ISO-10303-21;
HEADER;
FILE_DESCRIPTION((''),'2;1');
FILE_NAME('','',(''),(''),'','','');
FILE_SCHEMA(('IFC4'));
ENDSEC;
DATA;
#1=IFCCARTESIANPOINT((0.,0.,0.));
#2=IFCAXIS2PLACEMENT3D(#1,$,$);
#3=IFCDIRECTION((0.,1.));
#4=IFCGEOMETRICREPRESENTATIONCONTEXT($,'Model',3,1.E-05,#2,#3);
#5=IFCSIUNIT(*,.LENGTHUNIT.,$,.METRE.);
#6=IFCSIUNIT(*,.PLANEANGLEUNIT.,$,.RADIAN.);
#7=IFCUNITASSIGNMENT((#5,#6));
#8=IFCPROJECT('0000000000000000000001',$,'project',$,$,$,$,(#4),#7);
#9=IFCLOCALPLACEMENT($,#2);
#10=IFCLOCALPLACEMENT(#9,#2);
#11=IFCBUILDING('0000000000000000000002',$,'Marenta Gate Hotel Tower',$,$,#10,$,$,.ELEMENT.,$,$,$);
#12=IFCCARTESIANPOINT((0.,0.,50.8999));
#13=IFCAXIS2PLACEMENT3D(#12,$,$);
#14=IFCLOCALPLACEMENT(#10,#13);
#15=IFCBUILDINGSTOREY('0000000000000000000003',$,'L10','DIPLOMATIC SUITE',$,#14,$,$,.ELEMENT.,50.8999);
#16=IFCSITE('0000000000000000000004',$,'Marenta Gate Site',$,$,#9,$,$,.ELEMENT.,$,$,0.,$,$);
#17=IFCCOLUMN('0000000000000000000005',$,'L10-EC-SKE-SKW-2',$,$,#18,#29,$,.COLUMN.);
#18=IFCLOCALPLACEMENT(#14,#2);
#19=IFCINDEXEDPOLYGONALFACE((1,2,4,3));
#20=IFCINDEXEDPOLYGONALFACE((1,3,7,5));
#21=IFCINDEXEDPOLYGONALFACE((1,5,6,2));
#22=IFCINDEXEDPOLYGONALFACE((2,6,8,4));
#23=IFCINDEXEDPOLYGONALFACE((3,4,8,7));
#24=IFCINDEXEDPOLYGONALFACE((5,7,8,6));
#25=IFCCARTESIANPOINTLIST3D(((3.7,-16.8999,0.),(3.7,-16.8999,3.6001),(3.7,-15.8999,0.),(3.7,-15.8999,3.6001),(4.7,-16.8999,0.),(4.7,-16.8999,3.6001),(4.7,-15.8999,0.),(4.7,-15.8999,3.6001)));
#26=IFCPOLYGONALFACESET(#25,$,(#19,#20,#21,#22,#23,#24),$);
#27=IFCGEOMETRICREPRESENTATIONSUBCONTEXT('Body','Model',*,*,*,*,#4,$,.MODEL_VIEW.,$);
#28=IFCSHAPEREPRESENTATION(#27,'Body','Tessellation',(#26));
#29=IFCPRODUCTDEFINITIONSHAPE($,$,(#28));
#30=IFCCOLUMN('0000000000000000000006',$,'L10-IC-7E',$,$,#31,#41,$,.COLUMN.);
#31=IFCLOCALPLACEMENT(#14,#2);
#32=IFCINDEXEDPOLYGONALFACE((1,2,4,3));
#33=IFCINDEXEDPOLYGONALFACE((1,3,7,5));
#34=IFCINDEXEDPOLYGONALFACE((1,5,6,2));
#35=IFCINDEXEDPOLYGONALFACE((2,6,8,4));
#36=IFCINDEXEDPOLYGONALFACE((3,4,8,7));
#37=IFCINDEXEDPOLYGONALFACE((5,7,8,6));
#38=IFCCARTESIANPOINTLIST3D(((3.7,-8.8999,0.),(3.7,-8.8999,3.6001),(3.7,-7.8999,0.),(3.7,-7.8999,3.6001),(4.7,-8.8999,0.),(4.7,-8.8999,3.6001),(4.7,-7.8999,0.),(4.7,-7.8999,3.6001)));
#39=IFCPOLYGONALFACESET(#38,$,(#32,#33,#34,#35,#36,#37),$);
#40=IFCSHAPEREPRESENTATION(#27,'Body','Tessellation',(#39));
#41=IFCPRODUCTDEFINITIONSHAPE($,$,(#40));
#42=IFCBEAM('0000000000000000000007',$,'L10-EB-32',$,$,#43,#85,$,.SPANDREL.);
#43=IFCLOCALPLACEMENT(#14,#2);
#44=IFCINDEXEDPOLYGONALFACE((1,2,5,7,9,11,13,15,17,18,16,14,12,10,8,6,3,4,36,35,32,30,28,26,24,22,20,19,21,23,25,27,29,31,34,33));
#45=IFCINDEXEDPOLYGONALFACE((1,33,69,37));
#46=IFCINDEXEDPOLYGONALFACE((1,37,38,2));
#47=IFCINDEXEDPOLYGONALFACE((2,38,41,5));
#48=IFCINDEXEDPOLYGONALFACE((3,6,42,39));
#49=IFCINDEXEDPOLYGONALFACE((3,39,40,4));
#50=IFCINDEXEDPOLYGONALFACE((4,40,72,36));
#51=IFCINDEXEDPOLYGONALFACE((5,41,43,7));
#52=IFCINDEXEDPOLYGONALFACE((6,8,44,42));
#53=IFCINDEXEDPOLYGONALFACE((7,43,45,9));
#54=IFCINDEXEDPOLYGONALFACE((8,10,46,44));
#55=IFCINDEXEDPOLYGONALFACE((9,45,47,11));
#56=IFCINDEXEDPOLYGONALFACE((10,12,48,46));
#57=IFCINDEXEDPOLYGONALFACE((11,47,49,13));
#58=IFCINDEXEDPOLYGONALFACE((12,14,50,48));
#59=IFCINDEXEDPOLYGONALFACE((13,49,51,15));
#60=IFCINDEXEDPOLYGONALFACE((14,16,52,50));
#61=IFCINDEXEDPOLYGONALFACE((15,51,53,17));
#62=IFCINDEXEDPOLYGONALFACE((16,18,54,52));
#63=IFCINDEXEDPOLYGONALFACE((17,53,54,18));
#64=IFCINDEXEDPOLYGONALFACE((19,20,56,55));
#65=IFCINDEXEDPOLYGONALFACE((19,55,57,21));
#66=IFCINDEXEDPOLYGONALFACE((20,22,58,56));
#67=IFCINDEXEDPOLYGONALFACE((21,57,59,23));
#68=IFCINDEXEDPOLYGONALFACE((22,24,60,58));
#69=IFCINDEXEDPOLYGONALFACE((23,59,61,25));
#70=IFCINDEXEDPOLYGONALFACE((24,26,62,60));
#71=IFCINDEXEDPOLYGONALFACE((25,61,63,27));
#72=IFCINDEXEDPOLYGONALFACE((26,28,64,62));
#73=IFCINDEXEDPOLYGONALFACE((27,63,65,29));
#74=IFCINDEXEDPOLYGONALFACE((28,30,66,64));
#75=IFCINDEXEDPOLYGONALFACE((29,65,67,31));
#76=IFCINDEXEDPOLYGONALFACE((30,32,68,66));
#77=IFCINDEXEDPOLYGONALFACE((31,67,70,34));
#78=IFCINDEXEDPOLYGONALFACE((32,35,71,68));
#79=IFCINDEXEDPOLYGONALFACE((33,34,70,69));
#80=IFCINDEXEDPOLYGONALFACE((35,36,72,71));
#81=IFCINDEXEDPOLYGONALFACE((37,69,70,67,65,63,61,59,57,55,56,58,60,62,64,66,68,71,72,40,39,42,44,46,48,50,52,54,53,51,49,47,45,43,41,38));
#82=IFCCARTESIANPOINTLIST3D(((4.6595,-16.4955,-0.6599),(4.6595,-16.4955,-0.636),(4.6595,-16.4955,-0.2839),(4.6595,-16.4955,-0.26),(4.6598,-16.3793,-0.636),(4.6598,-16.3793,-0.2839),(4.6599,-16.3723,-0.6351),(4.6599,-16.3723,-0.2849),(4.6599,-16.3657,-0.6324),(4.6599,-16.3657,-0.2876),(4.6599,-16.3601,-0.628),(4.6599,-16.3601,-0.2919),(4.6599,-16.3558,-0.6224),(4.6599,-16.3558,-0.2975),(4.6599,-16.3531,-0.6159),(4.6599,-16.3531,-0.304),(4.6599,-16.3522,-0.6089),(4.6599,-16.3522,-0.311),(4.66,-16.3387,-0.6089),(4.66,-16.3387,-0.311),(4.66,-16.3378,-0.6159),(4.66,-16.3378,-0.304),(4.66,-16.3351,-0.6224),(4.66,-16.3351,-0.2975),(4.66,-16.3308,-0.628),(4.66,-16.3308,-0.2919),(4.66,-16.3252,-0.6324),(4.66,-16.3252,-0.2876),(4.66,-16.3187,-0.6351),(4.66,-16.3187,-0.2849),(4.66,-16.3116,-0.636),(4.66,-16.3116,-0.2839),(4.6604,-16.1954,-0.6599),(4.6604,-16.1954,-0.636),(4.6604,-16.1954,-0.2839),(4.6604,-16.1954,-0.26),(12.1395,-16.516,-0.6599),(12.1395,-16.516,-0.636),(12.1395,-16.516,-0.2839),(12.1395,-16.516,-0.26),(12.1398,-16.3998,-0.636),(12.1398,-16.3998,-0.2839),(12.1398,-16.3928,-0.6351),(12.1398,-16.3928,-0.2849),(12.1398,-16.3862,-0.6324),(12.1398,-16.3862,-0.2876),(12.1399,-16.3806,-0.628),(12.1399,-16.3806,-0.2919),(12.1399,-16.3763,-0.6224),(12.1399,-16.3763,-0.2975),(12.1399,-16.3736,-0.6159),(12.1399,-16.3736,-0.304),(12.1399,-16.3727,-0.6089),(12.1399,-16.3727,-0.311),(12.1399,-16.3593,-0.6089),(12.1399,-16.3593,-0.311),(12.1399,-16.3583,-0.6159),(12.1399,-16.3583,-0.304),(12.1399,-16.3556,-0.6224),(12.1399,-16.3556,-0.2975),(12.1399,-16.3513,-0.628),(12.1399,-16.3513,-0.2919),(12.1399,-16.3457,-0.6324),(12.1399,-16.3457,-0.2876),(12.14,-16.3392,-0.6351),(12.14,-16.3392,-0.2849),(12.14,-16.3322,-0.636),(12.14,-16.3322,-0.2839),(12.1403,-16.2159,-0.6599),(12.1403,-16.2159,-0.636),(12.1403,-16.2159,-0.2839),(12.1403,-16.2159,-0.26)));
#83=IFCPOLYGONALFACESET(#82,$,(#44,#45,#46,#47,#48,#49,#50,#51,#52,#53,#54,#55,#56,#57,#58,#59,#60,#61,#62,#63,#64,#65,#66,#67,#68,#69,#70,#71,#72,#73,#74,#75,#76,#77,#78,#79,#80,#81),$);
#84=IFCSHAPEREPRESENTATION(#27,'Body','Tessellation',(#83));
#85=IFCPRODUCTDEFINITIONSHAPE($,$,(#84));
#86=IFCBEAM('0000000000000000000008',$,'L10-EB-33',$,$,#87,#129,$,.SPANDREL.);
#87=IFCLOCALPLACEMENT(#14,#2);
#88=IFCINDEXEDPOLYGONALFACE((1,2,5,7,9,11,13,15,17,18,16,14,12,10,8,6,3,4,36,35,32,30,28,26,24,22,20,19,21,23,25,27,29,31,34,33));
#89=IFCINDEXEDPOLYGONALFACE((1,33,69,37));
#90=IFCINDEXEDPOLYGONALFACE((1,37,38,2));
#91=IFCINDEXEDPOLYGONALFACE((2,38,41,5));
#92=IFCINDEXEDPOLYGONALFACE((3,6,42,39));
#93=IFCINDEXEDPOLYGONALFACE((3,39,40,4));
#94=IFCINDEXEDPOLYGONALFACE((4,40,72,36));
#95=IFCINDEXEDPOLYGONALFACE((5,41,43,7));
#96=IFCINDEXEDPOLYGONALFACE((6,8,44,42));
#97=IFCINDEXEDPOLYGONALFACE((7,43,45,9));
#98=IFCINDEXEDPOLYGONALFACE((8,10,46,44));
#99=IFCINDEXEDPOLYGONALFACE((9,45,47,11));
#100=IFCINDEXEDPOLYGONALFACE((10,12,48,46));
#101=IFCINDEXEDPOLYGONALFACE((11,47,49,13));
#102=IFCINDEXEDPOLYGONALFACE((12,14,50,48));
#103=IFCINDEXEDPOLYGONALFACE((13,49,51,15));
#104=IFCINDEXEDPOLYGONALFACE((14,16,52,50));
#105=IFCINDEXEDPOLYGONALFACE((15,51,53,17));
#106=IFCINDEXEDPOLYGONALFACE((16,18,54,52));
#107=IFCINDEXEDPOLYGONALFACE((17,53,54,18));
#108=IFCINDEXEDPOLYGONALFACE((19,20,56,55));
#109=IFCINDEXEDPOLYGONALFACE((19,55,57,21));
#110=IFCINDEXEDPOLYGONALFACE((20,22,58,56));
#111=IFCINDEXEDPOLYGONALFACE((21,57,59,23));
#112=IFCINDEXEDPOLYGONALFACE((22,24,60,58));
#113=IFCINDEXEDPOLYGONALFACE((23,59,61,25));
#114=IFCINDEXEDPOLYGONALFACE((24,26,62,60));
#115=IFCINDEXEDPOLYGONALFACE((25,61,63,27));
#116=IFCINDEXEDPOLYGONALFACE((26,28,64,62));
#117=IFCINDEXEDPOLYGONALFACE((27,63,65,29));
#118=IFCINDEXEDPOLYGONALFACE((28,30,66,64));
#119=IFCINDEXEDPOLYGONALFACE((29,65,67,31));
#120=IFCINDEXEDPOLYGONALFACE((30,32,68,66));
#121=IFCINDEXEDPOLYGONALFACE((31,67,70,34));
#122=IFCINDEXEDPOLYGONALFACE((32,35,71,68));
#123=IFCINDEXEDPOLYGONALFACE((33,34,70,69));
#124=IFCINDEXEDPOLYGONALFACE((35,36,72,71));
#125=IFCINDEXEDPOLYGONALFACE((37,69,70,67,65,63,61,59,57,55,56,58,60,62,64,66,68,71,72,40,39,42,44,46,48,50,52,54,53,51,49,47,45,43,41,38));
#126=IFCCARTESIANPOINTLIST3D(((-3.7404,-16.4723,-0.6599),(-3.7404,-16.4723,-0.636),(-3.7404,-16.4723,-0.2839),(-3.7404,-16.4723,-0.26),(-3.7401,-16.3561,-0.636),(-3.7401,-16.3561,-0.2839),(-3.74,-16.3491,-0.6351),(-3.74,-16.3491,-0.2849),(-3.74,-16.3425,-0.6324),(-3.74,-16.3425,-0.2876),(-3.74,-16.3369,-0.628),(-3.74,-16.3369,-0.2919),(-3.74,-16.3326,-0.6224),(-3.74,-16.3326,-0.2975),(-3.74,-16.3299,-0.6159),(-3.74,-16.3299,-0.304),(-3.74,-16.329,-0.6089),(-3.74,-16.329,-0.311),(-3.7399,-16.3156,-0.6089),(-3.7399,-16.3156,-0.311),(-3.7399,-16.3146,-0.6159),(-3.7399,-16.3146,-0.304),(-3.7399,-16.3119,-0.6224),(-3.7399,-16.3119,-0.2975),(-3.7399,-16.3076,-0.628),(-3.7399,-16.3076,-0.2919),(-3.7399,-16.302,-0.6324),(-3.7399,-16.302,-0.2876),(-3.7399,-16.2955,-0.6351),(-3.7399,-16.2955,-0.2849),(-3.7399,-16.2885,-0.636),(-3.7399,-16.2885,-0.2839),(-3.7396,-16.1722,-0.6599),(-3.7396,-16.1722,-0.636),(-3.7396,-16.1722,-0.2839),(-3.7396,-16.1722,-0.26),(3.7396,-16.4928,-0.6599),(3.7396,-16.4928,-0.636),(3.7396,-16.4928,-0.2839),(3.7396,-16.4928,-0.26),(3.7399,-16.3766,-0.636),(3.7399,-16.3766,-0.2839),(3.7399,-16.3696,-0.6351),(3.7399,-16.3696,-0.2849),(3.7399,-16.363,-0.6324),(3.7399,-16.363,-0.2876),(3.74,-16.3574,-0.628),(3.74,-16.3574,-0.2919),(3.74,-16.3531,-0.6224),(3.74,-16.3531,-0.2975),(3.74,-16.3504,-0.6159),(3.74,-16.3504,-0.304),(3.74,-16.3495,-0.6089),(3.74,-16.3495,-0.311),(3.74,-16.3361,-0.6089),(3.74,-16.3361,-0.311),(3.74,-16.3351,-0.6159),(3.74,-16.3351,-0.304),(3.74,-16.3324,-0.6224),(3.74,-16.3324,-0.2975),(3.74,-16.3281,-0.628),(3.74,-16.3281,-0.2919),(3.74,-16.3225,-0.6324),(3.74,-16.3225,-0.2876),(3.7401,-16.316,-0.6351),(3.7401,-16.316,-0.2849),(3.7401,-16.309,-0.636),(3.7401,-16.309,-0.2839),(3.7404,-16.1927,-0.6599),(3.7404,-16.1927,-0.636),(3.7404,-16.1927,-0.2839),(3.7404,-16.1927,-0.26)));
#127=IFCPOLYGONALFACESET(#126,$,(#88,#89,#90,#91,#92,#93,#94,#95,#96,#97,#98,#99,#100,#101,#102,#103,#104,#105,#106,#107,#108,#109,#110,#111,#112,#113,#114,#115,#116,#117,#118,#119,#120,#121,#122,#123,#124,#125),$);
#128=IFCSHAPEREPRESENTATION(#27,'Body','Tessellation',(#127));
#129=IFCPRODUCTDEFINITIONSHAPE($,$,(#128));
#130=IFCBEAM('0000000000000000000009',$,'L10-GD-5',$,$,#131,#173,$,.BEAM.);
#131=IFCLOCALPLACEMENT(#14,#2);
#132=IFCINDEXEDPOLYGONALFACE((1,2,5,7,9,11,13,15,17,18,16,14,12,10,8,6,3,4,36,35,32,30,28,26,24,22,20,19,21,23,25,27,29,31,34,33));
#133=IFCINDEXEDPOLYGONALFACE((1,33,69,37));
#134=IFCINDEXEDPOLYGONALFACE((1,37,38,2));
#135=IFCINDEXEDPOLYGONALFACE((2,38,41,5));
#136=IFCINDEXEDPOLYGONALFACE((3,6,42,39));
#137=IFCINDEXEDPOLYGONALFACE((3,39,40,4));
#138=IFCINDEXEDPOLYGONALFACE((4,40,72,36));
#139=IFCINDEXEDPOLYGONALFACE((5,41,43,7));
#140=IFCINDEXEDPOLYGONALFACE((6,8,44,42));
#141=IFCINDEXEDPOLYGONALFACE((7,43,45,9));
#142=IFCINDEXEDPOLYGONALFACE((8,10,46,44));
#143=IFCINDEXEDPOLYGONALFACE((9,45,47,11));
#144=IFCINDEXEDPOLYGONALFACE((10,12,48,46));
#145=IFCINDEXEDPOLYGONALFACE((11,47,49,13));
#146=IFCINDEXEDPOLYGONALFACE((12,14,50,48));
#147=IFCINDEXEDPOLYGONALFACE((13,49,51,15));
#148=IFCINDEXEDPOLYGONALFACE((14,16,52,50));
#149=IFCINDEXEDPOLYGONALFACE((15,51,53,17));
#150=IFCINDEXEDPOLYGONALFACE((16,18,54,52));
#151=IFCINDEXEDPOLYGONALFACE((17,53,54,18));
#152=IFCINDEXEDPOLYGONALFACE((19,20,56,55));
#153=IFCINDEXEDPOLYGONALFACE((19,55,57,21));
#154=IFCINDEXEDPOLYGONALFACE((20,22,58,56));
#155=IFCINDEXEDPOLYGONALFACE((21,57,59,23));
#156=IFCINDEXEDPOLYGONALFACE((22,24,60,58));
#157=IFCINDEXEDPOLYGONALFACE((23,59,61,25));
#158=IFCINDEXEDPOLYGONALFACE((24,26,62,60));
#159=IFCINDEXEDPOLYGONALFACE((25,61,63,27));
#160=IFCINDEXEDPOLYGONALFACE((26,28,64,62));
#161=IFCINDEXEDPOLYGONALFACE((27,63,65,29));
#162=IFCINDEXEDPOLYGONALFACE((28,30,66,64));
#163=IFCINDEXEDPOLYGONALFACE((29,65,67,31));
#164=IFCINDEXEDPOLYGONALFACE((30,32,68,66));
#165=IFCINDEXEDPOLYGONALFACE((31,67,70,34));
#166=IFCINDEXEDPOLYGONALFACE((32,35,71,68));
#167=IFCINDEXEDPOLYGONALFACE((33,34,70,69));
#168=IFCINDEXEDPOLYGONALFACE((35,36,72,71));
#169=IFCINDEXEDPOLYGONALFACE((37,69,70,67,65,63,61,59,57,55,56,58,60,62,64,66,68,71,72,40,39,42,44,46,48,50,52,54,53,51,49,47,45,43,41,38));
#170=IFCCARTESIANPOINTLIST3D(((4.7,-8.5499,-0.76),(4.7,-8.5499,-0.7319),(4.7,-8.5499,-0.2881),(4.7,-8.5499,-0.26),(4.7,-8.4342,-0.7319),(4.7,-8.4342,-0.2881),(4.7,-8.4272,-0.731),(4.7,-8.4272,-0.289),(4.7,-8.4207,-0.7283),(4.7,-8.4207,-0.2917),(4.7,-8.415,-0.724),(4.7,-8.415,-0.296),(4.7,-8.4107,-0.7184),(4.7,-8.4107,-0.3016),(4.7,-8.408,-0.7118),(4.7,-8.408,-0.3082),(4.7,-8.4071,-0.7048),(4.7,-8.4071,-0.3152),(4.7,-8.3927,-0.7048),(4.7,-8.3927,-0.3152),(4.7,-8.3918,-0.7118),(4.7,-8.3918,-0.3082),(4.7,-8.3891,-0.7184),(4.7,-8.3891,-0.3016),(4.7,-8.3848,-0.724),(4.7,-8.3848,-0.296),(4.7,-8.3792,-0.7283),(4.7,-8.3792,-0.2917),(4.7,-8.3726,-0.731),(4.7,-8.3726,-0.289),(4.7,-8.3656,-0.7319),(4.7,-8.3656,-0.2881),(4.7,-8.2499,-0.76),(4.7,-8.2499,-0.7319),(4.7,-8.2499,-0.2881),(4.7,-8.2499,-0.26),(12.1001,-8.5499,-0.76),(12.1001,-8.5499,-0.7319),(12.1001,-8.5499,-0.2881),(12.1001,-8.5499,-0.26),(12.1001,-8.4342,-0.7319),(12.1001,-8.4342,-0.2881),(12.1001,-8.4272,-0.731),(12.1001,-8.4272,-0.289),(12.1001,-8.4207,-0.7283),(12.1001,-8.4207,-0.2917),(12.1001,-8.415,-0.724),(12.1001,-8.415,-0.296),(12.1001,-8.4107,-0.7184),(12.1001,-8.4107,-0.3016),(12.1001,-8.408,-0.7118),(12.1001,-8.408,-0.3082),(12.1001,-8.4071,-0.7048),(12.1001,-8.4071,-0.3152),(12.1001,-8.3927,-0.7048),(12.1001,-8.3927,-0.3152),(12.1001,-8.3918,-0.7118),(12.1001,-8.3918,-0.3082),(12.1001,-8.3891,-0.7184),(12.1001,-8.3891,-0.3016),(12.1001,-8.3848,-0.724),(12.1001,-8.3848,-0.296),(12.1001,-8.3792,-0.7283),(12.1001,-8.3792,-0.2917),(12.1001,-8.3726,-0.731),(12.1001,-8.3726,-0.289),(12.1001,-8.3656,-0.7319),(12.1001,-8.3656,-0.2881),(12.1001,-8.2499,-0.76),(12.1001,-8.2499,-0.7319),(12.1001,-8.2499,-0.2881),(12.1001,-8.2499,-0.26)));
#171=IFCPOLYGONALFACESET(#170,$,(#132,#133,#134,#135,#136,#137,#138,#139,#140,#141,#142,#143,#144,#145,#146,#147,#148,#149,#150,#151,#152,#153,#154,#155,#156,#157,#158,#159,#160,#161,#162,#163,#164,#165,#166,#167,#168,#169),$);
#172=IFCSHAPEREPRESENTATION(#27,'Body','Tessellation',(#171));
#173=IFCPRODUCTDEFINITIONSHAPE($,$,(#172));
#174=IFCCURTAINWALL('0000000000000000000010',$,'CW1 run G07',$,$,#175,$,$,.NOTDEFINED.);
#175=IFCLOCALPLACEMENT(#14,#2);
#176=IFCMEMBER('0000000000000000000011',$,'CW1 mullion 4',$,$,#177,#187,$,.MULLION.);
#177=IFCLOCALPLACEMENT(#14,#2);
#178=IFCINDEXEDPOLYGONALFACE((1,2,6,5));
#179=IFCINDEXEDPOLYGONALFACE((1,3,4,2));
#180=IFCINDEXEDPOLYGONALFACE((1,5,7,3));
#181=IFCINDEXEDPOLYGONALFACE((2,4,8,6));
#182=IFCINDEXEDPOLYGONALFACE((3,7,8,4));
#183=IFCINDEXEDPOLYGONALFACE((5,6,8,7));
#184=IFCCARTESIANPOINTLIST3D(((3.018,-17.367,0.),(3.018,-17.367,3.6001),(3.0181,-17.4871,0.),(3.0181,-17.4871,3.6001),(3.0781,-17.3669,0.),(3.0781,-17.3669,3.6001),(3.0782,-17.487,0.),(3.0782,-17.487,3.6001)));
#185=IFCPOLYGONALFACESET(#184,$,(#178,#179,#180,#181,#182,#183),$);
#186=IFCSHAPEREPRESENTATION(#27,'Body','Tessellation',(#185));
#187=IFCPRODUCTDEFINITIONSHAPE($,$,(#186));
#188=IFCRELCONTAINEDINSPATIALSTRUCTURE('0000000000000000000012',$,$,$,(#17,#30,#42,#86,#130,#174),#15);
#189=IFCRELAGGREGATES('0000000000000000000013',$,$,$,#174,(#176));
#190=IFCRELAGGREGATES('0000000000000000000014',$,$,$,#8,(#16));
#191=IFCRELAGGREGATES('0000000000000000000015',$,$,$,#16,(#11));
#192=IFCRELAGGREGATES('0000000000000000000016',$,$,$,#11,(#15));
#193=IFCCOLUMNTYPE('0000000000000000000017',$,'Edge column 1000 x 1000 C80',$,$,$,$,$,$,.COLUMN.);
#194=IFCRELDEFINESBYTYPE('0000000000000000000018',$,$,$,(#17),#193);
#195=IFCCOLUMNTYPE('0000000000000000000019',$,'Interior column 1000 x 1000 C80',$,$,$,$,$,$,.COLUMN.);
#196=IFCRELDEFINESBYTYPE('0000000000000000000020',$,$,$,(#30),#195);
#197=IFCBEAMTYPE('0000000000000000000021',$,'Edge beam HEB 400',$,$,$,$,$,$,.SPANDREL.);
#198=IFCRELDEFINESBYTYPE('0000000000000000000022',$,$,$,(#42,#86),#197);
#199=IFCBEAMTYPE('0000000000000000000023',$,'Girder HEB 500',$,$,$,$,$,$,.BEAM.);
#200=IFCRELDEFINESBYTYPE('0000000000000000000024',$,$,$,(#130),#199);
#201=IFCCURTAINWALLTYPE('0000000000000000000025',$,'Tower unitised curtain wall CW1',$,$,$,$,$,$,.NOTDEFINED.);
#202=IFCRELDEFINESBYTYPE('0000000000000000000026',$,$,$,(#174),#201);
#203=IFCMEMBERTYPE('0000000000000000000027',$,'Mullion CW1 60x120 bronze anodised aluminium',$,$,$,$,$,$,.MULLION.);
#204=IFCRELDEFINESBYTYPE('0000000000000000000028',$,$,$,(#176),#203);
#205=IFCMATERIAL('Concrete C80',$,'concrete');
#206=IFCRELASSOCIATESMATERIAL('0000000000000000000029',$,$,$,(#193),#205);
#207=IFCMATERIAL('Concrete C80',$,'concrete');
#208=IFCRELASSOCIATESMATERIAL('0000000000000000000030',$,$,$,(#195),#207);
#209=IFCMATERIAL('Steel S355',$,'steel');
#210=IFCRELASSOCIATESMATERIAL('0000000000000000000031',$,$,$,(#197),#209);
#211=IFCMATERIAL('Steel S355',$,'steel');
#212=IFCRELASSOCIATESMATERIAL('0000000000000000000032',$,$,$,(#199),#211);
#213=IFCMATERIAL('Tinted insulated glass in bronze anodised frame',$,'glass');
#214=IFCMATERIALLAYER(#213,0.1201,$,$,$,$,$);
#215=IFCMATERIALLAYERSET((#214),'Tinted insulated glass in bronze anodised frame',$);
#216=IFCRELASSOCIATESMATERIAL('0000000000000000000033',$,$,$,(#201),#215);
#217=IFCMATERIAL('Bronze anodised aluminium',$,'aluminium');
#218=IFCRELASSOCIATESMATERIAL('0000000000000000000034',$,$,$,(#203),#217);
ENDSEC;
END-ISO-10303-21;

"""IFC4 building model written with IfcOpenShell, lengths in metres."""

from ifc_helpers import new_model, si_unit, direction, frame, origin, origin_2d, place, context, subcontext, project, spatial, rectangle, i_section, extrude, material, layer, layer_set, material_profile, profile_set, type_object, element, aggregate, save


model = new_model("IFC4")

# Units and contexts
model_context = context("Model", 3, precision=1e-05, world=origin(), true_north=direction((0.0, 1.0)))
body_context = subcontext(model_context, "Body", "Model", "MODEL_VIEW")
ifc_project = project(units=[si_unit("LENGTHUNIT", "METRE"), si_unit("PLANEANGLEUNIT", "RADIAN")], contexts=[model_context])

# Site, building, storey
site_placement = place(None, origin())
site = spatial("IfcSite", under=ifc_project, at=site_placement, Name="Marenta Gate Site", CompositionType="ELEMENT", RefElevation=0.0)
building_placement = place(site_placement, origin())
building = spatial("IfcBuilding", under=site, at=building_placement, Name="Marenta Gate Hotel Tower", CompositionType="ELEMENT")
storey_placement = place(building_placement, frame((0.0, 0.0, 50.8999)))
storey = spatial("IfcBuildingStorey", under=building, at=storey_placement, Name="L10", Description="DIPLOMATIC SUITE", CompositionType="ELEMENT", Elevation=50.8999)

# Columns
ifc_material_1 = material(Name="Concrete C80", Category="concrete")
ifc_material_profile_1 = material_profile(ifc_material_1, rectangle(XDim=1.0, YDim=1.0, at=origin_2d()), Name="1000 x 1000")
ifc_profile_set_1 = profile_set([ifc_material_profile_1], Name="Concrete C80")
column_type_1 = type_object("IfcColumnType", Name="Edge column 1000 x 1000 C80", PredefinedType="COLUMN", material=ifc_profile_set_1)
column_1_placement = place(storey_placement, frame((4.2, -16.3999, 0.0), z_axis=(0.0, 0.0, 1.0), x_axis=(1.0, 0.0, 0.0)))
element("IfcColumn", 1, at=column_1_placement, inside=storey, type_object=column_type_1, Name="L10-EC-SKE-SKW-2", PredefinedType="COLUMN", context=body_context, shape_type="SweptSolid", body=[
    extrude(rectangle(XDim=1.0, YDim=1.0, at=origin_2d()), origin(), (0.0, 0.0, 1.0), 3.6001),
])
ifc_material_2 = material(Name="Concrete C80", Category="concrete")
ifc_material_profile_2 = material_profile(ifc_material_2, rectangle(XDim=1.0, YDim=1.0, at=origin_2d()), Name="1000 x 1000")
ifc_profile_set_2 = profile_set([ifc_material_profile_2], Name="Concrete C80")
column_type_2 = type_object("IfcColumnType", Name="Interior column 1000 x 1000 C80", PredefinedType="COLUMN", material=ifc_profile_set_2)
column_2_placement = place(storey_placement, frame((4.2, -8.3999, 0.0), z_axis=(0.0, 0.0, 1.0), x_axis=(1.0, 0.0, 0.0)))
element("IfcColumn", 2, at=column_2_placement, inside=storey, type_object=column_type_2, Name="L10-IC-7E", PredefinedType="COLUMN", context=body_context, shape_type="SweptSolid", body=[
    extrude(rectangle(XDim=1.0, YDim=1.0, at=origin_2d()), origin(), (0.0, 0.0, 1.0), 3.6001),
])

# Beams
ifc_material_3 = material(Name="Steel S355", Category="steel")
ifc_material_profile_3 = material_profile(ifc_material_3, i_section(OverallWidth=0.3, OverallDepth=0.3999, WebThickness=0.0134, FlangeThickness=0.0239, FilletRadius=0.0271, at=origin_2d()), Name="HEB 400")
ifc_profile_set_3 = profile_set([ifc_material_profile_3], Name="Steel S355")
beam_type_1 = type_object("IfcBeamType", Name="Edge beam HEB 400", PredefinedType="SPANDREL", material=ifc_profile_set_3)
for number, where, z_axis, x_axis, name in (
    (3, (12.1399, -16.366, -0.46), (-0.999996, 0.002742, 0.0), (-0.002742, -0.999996, 0.0), "L10-EB-32"),
    (4, (3.74, -16.3428, -0.46), (-0.999996, 0.002742, 0.0), (-0.002742, -0.999996, 0.0), "L10-EB-33"),
):
    element("IfcBeam", number, at=place(storey_placement, frame(where, z_axis=z_axis, x_axis=x_axis)), inside=storey, type_object=beam_type_1, Name=name, PredefinedType="SPANDREL", context=body_context, shape_type="SweptSolid", body=[
        extrude(i_section(OverallWidth=0.3, OverallDepth=0.3999, WebThickness=0.0134, FlangeThickness=0.0239, FilletRadius=0.0271, at=origin_2d()), origin(), (0.0, 0.0, 1.0), 7.48),
    ])
ifc_material_4 = material(Name="Steel S355", Category="steel")
ifc_material_profile_4 = material_profile(ifc_material_4, i_section(OverallWidth=0.3, OverallDepth=0.5, WebThickness=0.0144, FlangeThickness=0.0281, FilletRadius=0.0271, at=origin_2d()), Name="HEB 500")
ifc_profile_set_4 = profile_set([ifc_material_profile_4], Name="Steel S355")
beam_type_2 = type_object("IfcBeamType", Name="Girder HEB 500", PredefinedType="BEAM", material=ifc_profile_set_4)
beam_placement = place(storey_placement, frame((4.7, -8.3999, -0.51), z_axis=(1.0, 0.0, 0.0), x_axis=(0.0, 1.0, 0.0)))
element("IfcBeam", 5, at=beam_placement, inside=storey, type_object=beam_type_2, Name="L10-GD-5", PredefinedType="BEAM", context=body_context, shape_type="SweptSolid", body=[
    extrude(i_section(OverallWidth=0.3, OverallDepth=0.5, WebThickness=0.0144, FlangeThickness=0.0281, FilletRadius=0.0271, at=origin_2d()), origin(), (0.0, 0.0, 1.0), 7.4001),
])

# Curtain wall, member
ifc_material_5 = material(Name="Tinted insulated glass in bronze anodised frame", Category="glass")
ifc_layer_1 = layer(ifc_material_5, 0.1201)
ifc_layer_set_1 = layer_set([ifc_layer_1], Name="Tinted insulated glass in bronze anodised frame")
curtain_wall_type = type_object("IfcCurtainWallType", Name="Tower unitised curtain wall CW1", PredefinedType="NOTDEFINED", material=ifc_layer_set_1)
curtain_wall_placement = place(storey_placement, origin())
curtain_wall = element("IfcCurtainWall", 6, at=curtain_wall_placement, inside=storey, type_object=curtain_wall_type, Name="CW1 run G07", PredefinedType="NOTDEFINED")
ifc_material_6 = material(Name="Bronze anodised aluminium", Category="aluminium")
ifc_material_profile_5 = material_profile(ifc_material_6, rectangle(XDim=0.1201, YDim=0.0601, at=origin_2d()), Name="Mullion CW1 60x120 bronze anodised aluminium")
ifc_profile_set_5 = profile_set([ifc_material_profile_5], Name="Bronze anodised aluminium")
member_type_1 = type_object("IfcMemberType", Name="Mullion CW1 60x120 bronze anodised aluminium", PredefinedType="MULLION", material=ifc_profile_set_5)
member_1_placement = place(storey_placement, frame((3.0481, -17.427, 0.0), z_axis=(0.0, 0.0, 1.0), x_axis=(-0.001162, 0.999999, 0.0)))
member_1 = element("IfcMember", 7, at=member_1_placement, type_object=member_type_1, Name="CW1 mullion 4", PredefinedType="MULLION", context=body_context, shape_type="SweptSolid", body=[
    extrude(rectangle(XDim=0.1201, YDim=0.0601, at=origin_2d()), origin(), (0.0, 0.0, 1.0), 3.6001),
])
aggregate(curtain_wall, [member_1])

save(model, "model.ifc")
